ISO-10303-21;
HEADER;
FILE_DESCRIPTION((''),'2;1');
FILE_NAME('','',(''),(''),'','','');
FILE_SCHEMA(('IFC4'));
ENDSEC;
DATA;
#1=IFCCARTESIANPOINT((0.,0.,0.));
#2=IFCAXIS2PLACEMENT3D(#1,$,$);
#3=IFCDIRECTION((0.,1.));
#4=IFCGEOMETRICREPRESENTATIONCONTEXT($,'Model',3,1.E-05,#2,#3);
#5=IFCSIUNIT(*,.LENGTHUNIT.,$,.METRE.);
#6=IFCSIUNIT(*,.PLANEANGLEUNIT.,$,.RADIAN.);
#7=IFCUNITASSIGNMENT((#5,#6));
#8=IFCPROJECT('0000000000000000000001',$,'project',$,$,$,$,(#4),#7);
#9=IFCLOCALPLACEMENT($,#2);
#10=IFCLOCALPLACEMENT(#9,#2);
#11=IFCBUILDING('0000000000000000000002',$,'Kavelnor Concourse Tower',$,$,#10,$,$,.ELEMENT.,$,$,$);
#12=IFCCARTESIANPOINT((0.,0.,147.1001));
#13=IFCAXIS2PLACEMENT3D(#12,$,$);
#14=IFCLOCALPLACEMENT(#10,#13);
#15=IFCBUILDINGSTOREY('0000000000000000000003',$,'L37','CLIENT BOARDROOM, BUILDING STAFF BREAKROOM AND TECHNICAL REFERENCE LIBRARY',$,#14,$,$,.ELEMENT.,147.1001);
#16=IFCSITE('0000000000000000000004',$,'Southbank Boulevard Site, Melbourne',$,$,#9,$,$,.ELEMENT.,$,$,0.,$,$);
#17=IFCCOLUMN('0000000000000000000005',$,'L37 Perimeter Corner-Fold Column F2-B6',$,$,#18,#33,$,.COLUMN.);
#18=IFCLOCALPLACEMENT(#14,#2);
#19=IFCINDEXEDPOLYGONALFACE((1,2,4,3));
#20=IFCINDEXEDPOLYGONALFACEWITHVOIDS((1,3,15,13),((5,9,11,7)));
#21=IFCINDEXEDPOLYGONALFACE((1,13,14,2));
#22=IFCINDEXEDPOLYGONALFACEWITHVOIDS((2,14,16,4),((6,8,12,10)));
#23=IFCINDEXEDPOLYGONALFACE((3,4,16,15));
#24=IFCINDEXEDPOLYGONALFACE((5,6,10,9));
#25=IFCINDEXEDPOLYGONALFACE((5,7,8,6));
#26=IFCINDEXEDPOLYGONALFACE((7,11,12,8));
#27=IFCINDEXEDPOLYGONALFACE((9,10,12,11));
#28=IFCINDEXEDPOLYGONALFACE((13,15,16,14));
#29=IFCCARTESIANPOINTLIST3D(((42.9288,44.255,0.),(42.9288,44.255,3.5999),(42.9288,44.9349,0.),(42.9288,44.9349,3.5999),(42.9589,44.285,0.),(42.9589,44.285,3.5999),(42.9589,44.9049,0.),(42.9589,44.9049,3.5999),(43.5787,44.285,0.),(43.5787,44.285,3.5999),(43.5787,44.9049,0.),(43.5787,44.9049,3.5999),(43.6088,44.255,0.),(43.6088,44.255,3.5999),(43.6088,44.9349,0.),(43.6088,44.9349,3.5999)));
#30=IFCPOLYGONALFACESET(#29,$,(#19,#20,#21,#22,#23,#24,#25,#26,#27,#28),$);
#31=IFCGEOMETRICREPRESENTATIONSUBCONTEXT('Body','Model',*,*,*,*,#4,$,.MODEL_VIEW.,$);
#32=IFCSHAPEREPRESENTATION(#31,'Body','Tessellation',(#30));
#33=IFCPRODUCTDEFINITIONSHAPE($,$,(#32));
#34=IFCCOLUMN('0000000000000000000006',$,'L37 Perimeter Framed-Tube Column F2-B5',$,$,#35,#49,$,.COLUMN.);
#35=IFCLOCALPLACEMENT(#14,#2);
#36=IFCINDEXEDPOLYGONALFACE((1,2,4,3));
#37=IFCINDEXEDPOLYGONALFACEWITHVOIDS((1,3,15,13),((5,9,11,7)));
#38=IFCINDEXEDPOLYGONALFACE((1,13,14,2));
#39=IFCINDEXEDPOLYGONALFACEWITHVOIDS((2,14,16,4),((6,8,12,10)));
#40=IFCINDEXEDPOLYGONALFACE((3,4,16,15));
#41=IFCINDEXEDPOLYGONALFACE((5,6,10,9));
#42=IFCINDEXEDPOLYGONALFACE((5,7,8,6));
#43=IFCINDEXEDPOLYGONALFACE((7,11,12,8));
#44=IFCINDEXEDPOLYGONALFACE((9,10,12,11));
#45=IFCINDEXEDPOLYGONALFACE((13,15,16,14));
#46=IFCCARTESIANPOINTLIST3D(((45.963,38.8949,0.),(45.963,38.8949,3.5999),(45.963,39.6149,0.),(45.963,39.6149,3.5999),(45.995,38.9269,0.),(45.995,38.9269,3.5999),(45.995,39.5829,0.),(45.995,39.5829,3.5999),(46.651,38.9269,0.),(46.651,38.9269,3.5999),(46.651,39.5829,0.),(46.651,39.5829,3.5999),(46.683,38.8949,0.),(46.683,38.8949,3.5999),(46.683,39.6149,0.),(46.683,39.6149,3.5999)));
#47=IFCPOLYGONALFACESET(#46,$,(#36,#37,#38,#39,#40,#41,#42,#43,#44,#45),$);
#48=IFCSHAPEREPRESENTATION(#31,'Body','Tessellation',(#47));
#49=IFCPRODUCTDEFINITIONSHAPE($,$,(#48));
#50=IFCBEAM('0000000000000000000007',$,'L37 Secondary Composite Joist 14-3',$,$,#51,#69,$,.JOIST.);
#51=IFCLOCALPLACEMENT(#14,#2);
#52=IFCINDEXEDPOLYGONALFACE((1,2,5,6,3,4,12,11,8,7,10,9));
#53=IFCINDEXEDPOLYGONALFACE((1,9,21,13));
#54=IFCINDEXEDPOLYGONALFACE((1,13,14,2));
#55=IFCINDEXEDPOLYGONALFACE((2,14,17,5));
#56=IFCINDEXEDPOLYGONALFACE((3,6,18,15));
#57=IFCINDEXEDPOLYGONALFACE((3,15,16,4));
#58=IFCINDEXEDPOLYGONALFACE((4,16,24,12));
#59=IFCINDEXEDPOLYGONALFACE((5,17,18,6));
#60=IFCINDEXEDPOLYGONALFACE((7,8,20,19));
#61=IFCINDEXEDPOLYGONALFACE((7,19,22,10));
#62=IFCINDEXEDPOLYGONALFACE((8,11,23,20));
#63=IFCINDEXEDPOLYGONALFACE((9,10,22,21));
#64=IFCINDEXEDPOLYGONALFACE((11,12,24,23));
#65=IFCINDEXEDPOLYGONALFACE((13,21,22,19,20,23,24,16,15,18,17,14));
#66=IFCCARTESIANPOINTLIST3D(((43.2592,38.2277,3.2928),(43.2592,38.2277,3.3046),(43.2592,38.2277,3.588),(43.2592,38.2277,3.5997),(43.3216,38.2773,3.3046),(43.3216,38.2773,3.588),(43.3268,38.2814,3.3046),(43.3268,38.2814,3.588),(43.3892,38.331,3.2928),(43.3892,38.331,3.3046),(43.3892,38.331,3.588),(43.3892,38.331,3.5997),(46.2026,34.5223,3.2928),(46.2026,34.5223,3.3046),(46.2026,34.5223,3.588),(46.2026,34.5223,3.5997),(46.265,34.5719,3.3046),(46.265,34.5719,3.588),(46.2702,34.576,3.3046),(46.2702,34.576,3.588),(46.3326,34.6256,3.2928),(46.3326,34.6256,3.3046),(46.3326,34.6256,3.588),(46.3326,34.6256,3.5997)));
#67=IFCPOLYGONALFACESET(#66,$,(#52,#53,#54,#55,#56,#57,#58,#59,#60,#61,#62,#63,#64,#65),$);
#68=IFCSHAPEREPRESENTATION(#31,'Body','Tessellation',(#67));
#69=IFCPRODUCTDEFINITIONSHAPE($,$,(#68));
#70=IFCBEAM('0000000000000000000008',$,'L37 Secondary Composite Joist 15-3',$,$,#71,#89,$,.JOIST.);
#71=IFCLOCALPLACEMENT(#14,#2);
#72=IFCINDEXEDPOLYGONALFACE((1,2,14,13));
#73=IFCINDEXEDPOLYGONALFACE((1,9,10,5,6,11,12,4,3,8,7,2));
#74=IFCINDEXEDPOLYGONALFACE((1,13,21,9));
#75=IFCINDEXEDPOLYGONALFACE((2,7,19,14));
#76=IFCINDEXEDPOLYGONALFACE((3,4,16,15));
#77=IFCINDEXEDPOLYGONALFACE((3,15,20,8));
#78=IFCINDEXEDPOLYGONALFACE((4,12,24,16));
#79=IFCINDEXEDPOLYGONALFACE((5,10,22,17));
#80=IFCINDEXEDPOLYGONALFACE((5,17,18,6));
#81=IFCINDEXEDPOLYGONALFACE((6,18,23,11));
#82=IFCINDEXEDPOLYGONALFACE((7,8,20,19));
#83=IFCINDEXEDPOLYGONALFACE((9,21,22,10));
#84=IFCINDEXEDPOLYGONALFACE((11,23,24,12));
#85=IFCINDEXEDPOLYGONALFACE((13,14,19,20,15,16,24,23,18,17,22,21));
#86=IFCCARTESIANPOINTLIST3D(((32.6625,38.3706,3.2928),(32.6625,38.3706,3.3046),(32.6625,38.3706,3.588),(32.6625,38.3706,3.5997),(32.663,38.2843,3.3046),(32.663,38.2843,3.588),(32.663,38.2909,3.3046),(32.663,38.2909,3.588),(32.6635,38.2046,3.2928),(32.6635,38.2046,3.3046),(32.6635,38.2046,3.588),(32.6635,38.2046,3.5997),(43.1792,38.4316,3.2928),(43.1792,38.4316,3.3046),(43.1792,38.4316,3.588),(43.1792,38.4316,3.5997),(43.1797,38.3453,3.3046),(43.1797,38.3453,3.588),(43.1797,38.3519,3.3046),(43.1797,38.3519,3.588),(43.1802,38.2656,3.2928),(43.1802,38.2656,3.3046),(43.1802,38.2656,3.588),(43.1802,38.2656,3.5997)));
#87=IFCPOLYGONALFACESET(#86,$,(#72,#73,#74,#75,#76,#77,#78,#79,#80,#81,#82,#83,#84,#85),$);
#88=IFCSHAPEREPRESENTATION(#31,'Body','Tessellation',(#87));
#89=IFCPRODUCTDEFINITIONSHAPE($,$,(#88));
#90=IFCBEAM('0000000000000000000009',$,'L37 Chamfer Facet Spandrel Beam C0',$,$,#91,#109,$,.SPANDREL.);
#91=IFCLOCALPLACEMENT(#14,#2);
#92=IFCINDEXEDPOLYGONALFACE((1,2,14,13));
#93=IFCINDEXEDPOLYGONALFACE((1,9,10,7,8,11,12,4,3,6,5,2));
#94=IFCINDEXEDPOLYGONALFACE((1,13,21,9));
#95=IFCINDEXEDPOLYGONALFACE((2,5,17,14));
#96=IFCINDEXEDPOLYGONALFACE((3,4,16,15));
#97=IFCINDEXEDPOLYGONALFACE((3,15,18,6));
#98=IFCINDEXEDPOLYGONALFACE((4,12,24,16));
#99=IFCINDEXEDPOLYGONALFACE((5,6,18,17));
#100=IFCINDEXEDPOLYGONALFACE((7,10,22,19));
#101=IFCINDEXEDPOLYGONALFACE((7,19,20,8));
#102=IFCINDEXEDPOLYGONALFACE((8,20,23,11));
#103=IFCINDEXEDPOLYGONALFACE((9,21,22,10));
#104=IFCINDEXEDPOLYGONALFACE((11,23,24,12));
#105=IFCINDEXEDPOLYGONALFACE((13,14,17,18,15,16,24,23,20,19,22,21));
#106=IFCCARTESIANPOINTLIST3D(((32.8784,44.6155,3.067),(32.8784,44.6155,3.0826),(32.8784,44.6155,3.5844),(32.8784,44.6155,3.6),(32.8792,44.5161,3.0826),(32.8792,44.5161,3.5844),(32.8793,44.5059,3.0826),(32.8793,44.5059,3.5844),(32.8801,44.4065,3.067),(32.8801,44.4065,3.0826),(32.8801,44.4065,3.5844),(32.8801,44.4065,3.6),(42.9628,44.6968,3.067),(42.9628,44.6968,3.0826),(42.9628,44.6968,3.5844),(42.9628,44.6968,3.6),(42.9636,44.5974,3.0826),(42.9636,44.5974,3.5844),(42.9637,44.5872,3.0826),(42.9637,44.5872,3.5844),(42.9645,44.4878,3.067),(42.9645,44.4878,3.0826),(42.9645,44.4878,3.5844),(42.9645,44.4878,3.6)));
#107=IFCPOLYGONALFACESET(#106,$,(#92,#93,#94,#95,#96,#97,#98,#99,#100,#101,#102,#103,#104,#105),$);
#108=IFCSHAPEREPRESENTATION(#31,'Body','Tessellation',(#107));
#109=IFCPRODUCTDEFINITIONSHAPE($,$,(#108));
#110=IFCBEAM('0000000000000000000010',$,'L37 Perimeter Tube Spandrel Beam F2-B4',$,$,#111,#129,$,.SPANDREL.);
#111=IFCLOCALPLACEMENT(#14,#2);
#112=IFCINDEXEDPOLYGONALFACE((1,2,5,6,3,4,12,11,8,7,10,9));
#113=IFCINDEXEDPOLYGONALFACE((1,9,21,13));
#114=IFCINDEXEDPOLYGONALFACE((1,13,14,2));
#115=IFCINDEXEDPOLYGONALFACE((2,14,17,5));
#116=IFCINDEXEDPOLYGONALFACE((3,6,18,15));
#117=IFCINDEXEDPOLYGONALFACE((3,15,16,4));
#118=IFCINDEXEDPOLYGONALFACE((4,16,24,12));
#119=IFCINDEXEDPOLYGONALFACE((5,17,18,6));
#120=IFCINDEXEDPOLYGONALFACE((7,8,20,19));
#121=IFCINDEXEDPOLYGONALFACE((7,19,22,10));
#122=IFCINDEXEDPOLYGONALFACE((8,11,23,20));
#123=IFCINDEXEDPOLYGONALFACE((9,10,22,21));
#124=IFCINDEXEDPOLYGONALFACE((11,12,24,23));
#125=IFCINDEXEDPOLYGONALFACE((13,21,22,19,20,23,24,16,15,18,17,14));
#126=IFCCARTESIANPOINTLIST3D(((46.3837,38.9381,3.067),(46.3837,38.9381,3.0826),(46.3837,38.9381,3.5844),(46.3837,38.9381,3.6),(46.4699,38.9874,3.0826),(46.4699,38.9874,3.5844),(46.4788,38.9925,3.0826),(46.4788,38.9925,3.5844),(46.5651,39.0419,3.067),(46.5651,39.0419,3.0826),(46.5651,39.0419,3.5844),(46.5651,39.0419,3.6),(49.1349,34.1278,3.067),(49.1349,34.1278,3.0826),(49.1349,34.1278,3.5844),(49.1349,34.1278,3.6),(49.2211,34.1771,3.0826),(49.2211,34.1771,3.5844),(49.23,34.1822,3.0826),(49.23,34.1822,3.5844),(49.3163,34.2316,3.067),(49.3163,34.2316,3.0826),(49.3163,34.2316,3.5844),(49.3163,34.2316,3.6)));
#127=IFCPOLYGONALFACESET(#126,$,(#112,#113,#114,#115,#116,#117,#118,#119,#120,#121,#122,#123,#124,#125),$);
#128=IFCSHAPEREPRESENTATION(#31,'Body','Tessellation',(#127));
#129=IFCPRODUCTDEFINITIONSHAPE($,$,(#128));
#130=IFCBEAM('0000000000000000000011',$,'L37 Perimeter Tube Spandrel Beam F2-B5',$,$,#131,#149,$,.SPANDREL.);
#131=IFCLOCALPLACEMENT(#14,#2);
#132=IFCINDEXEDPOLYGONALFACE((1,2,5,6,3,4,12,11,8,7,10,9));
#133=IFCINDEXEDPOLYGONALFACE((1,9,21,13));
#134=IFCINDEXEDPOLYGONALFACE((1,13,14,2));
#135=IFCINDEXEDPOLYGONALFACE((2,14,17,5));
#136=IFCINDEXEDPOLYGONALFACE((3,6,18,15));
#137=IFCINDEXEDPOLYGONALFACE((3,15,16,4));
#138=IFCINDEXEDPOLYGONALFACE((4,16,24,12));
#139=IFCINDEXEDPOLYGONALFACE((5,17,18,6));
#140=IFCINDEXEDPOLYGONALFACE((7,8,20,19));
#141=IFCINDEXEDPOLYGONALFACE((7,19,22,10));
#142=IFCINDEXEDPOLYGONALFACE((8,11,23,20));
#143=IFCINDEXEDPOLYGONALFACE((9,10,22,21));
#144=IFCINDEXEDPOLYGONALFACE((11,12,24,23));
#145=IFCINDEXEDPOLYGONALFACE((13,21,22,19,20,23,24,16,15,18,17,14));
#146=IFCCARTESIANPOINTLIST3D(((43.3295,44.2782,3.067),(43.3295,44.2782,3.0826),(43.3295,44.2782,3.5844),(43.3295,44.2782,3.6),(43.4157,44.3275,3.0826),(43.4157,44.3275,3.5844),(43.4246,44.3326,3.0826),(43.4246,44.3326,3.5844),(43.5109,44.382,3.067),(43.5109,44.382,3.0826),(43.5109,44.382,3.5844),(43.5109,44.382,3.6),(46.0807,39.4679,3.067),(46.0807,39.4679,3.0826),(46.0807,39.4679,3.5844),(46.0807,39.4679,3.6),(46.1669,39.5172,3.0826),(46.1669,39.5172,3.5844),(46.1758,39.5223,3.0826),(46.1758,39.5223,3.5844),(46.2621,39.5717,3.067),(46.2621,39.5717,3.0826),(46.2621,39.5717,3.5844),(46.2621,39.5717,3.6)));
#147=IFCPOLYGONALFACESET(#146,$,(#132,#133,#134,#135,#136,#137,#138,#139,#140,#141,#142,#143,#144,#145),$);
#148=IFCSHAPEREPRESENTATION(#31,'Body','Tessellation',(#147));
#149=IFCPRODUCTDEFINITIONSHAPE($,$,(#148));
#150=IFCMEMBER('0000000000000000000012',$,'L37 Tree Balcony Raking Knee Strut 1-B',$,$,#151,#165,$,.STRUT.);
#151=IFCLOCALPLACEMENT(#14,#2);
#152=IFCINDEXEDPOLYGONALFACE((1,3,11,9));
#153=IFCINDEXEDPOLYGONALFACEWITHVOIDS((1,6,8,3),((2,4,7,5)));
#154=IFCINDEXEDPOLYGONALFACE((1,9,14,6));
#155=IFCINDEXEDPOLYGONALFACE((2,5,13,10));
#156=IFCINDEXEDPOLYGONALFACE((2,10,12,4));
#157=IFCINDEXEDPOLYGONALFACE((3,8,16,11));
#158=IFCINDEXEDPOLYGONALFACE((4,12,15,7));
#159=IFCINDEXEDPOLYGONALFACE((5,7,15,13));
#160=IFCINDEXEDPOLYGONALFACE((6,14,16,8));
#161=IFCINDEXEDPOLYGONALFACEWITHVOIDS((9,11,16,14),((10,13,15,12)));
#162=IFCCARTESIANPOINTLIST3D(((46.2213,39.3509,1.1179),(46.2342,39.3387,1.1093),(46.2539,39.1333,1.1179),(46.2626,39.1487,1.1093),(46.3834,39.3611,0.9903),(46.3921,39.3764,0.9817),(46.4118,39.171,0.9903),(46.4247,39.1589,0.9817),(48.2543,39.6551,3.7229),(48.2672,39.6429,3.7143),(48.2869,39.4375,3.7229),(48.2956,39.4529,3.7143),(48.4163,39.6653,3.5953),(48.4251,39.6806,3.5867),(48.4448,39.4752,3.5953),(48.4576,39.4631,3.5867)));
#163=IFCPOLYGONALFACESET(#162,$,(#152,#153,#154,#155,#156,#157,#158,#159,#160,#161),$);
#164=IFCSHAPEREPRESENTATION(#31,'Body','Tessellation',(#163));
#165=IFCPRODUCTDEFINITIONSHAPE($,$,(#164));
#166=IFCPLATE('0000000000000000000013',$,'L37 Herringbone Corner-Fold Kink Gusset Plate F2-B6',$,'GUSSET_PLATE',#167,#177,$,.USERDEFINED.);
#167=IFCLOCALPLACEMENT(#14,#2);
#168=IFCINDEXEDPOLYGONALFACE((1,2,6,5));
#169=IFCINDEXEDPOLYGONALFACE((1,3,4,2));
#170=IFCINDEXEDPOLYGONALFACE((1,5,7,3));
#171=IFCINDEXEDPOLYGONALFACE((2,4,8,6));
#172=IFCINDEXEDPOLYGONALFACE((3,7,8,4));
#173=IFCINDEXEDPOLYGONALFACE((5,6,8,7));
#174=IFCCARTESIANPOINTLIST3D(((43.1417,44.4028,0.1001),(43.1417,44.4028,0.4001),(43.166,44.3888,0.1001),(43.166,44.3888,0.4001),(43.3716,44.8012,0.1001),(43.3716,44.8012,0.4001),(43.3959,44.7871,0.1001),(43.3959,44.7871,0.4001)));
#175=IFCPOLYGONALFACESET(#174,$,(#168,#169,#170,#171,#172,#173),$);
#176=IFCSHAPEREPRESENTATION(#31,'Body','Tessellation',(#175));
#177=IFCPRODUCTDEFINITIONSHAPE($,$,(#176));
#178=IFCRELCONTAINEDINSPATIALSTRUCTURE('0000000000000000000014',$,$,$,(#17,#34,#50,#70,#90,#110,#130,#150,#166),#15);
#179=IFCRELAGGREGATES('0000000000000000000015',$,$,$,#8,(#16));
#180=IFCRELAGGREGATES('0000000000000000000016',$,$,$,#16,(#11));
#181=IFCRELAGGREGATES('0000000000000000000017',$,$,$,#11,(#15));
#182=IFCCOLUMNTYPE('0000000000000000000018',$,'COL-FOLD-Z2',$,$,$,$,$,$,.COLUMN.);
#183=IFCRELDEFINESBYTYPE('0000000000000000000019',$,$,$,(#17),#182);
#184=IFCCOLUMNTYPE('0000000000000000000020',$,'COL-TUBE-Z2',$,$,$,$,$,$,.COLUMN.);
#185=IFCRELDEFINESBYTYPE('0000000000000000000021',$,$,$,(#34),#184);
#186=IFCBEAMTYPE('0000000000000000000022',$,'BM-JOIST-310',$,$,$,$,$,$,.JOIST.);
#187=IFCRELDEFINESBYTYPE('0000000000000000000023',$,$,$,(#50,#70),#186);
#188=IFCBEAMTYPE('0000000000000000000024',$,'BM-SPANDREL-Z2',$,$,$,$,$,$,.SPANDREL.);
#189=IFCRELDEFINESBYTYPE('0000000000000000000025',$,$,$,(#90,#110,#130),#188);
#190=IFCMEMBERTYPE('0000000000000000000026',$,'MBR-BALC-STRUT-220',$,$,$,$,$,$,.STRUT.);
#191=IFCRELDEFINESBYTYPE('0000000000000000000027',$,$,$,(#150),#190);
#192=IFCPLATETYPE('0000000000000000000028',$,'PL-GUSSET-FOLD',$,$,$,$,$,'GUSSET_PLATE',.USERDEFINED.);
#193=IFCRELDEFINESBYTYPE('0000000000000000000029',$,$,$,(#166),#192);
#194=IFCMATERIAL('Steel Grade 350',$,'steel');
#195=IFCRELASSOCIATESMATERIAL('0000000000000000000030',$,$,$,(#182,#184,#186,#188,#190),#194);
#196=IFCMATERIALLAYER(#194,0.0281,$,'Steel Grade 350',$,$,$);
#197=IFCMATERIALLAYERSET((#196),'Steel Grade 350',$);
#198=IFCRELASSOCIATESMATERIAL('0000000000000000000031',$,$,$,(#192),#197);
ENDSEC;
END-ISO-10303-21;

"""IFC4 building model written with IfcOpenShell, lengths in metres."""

from ifc_helpers import new_model, si_unit, direction, frame, origin, origin_2d, place, context, subcontext, project, spatial, rectangle, hollow_rectangle, i_section, extrude, material, layer, layer_set, material_profile, profile_set, type_object, element, save


model = new_model("IFC4")

# Units and contexts
model_context = context("Model", 3, precision=1e-05, world=origin(), true_north=direction((0.0, 1.0)))
body_context = subcontext(model_context, "Body", "Model", "MODEL_VIEW")
ifc_project = project(units=[si_unit("LENGTHUNIT", "METRE"), si_unit("PLANEANGLEUNIT", "RADIAN")], contexts=[model_context])

# Site, building, storey
site_placement = place(None, origin())
site = spatial("IfcSite", under=ifc_project, at=site_placement, Name="Southbank Boulevard Site, Melbourne", CompositionType="ELEMENT", RefElevation=0.0)
building_placement = place(site_placement, origin())
building = spatial("IfcBuilding", under=site, at=building_placement, Name="Kavelnor Concourse Tower", CompositionType="ELEMENT")
storey_placement = place(building_placement, frame((0.0, 0.0, 147.1001)))
storey = spatial("IfcBuildingStorey", under=building, at=storey_placement, Name="L37", Description="CLIENT BOARDROOM, BUILDING STAFF BREAKROOM AND TECHNICAL REFERENCE LIBRARY", CompositionType="ELEMENT", Elevation=147.1001)

# Columns
ifc_material_1 = material(Name="Steel Grade 350", Category="steel")
ifc_material_profile_1 = material_profile(ifc_material_1, hollow_rectangle(XDim=0.6799, YDim=0.6799, WallThickness=0.03, at=origin_2d()), Name="SHS 680x680x30")
ifc_profile_set_1 = profile_set([ifc_material_profile_1], Name="Steel Grade 350")
column_type_1 = type_object("IfcColumnType", Name="COL-FOLD-Z2", PredefinedType="COLUMN", material=ifc_profile_set_1)
column_1_placement = place(storey_placement, frame((43.2688, 44.595, 0.0), z_axis=(0.0, 0.0, 1.0), x_axis=(1.0, 0.0, 0.0)))
element("IfcColumn", 1, at=column_1_placement, inside=storey, type_object=column_type_1, Name="L37 Perimeter Corner-Fold Column F2-B6", PredefinedType="COLUMN", context=body_context, shape_type="SweptSolid", body=[
    extrude(hollow_rectangle(XDim=0.6799, YDim=0.6799, WallThickness=0.03, at=origin_2d()), origin(), (0.0, 0.0, 1.0), 3.5999),
])
ifc_material_profile_2 = material_profile(ifc_material_1, hollow_rectangle(XDim=0.72, YDim=0.72, WallThickness=0.032, at=origin_2d()), Name="SHS 720x720x32")
ifc_profile_set_2 = profile_set([ifc_material_profile_2], Name="Steel Grade 350")
column_type_2 = type_object("IfcColumnType", Name="COL-TUBE-Z2", PredefinedType="COLUMN", material=ifc_profile_set_2)
column_2_placement = place(storey_placement, frame((46.323, 39.2549, 0.0), z_axis=(0.0, 0.0, 1.0), x_axis=(1.0, 0.0, 0.0)))
element("IfcColumn", 2, at=column_2_placement, inside=storey, type_object=column_type_2, Name="L37 Perimeter Framed-Tube Column F2-B5", PredefinedType="COLUMN", context=body_context, shape_type="SweptSolid", body=[
    extrude(hollow_rectangle(XDim=0.72, YDim=0.72, WallThickness=0.032, at=origin_2d()), origin(), (0.0, 0.0, 1.0), 3.5999),
])

# Beams
ifc_material_profile_3 = material_profile(ifc_material_1, i_section(OverallWidth=0.166, OverallDepth=0.3069, WebThickness=0.0066, FlangeThickness=0.0117, at=origin_2d()), Name="310UB46")
ifc_profile_set_3 = profile_set([ifc_material_profile_3], Name="Steel Grade 350")
beam_type_1 = type_object("IfcBeamType", Name="BM-JOIST-310", PredefinedType="JOIST", material=ifc_profile_set_3)
beam_1_placement = place(storey_placement, frame((46.2676, 34.574, 3.4463), z_axis=(-0.621998, 0.783018, 0.0), x_axis=(-0.783018, -0.621998, 0.0)))
element("IfcBeam", 3, at=beam_1_placement, inside=storey, type_object=beam_type_1, Name="L37 Secondary Composite Joist 14-3", PredefinedType="JOIST", context=body_context, shape_type="SweptSolid", body=[
    extrude(i_section(OverallWidth=0.166, OverallDepth=0.3069, WebThickness=0.0066, FlangeThickness=0.0117, at=origin_2d()), origin(), (0.0, 0.0, 1.0), 4.7322),
])
beam_2_placement = place(storey_placement, frame((43.1797, 38.3486, 3.4463), z_axis=(-0.999983, -0.005804, 0.0), x_axis=(0.005804, -0.999983, 0.0)))
element("IfcBeam", 4, at=beam_2_placement, inside=storey, type_object=beam_type_1, Name="L37 Secondary Composite Joist 15-3", PredefinedType="JOIST", context=body_context, shape_type="SweptSolid", body=[
    extrude(i_section(OverallWidth=0.166, OverallDepth=0.3069, WebThickness=0.0066, FlangeThickness=0.0117, at=origin_2d()), origin(), (0.0, 0.0, 1.0), 10.5168),
])
ifc_material_profile_4 = material_profile(ifc_material_1, i_section(OverallWidth=0.209, OverallDepth=0.533, WebThickness=0.0103, FlangeThickness=0.0156, at=origin_2d()), Name="530UB92")
ifc_profile_set_4 = profile_set([ifc_material_profile_4], Name="Steel Grade 350")
beam_type_2 = type_object("IfcBeamType", Name="BM-SPANDREL-Z2", PredefinedType="SPANDREL", material=ifc_profile_set_4)
beam_3_placement = place(storey_placement, frame((42.9636, 44.5923, 3.3335), z_axis=(-0.999968, -0.008062, 0.0), x_axis=(0.008062, -0.999968, 0.0)))
element("IfcBeam", 5, at=beam_3_placement, inside=storey, type_object=beam_type_2, Name="L37 Chamfer Facet Spandrel Beam C0", PredefinedType="SPANDREL", context=body_context, shape_type="SweptSolid", body=[
    extrude(i_section(OverallWidth=0.209, OverallDepth=0.533, WebThickness=0.0103, FlangeThickness=0.0156, at=origin_2d()), origin(), (0.0, 0.0, 1.0), 10.0847),
])
for number, where, z_axis, x_axis, name in (
    (6, (49.2256, 34.1797, 3.3335), (-0.496476, 0.868051, 0.0), (-0.868051, -0.496476, 0.0), "L37 Perimeter Tube Spandrel Beam F2-B4"),
    (7, (46.1714, 39.5198, 3.3335), (-0.496476, 0.868051, 0.0), (-0.868051, -0.496476, 0.0), "L37 Perimeter Tube Spandrel Beam F2-B5"),
):
    element("IfcBeam", number, at=place(storey_placement, frame(where, z_axis=z_axis, x_axis=x_axis)), inside=storey, type_object=beam_type_2, Name=name, PredefinedType="SPANDREL", context=body_context, shape_type="SweptSolid", body=[
        extrude(i_section(OverallWidth=0.209, OverallDepth=0.533, WebThickness=0.0103, FlangeThickness=0.0156, at=origin_2d()), origin(), (0.0, 0.0, 1.0), 5.5415),
    ])

# Member
ifc_material_profile_5 = material_profile(ifc_material_1, hollow_rectangle(XDim=0.22, YDim=0.22, WallThickness=0.0139, at=origin_2d()), Name="SHS 220x220x14")
ifc_profile_set_5 = profile_set([ifc_material_profile_5], Name="Steel Grade 350")
member_type = type_object("IfcMemberType", Name="MBR-BALC-STRUT-220", PredefinedType="STRUT", material=ifc_profile_set_5)
member_placement = place(storey_placement, frame((46.323, 39.2549, 1.0498), z_axis=(0.612643, 0.091672, 0.785025), x_axis=(-0.147986, 0.988989, 0.0)))
element("IfcMember", 8, at=member_placement, inside=storey, type_object=member_type, Name="L37 Tree Balcony Raking Knee Strut 1-B", PredefinedType="STRUT", context=body_context, shape_type="SweptSolid", body=[
    extrude(hollow_rectangle(XDim=0.22, YDim=0.22, WallThickness=0.0139, at=origin_2d()), origin(), (0.0, 0.0, 1.0), 3.3184),
])

# Plate
ifc_layer_1 = layer(ifc_material_1, 0.0281, Name="Steel Grade 350")
ifc_layer_set_1 = layer_set([ifc_layer_1], Name="Steel Grade 350")
plate_type = type_object("IfcPlateType", Name="PL-GUSSET-FOLD", ElementType="GUSSET_PLATE", PredefinedType="USERDEFINED", material=ifc_layer_set_1)
plate_placement = place(storey_placement, frame((43.2688, 44.595, 0.1001), z_axis=(0.0, 0.0, 1.0), x_axis=(-0.5, -0.866025, 0.0)))
element("IfcPlate", 9, at=plate_placement, inside=storey, type_object=plate_type, Name="L37 Herringbone Corner-Fold Kink Gusset Plate F2-B6", ObjectType="GUSSET_PLATE", PredefinedType="USERDEFINED", context=body_context, shape_type="SweptSolid", body=[
    extrude(rectangle(XDim=0.46, YDim=0.0281, at=origin_2d()), origin(), (0.0, 0.0, 1.0), 0.3),
])

save(model, "model.ifc")
